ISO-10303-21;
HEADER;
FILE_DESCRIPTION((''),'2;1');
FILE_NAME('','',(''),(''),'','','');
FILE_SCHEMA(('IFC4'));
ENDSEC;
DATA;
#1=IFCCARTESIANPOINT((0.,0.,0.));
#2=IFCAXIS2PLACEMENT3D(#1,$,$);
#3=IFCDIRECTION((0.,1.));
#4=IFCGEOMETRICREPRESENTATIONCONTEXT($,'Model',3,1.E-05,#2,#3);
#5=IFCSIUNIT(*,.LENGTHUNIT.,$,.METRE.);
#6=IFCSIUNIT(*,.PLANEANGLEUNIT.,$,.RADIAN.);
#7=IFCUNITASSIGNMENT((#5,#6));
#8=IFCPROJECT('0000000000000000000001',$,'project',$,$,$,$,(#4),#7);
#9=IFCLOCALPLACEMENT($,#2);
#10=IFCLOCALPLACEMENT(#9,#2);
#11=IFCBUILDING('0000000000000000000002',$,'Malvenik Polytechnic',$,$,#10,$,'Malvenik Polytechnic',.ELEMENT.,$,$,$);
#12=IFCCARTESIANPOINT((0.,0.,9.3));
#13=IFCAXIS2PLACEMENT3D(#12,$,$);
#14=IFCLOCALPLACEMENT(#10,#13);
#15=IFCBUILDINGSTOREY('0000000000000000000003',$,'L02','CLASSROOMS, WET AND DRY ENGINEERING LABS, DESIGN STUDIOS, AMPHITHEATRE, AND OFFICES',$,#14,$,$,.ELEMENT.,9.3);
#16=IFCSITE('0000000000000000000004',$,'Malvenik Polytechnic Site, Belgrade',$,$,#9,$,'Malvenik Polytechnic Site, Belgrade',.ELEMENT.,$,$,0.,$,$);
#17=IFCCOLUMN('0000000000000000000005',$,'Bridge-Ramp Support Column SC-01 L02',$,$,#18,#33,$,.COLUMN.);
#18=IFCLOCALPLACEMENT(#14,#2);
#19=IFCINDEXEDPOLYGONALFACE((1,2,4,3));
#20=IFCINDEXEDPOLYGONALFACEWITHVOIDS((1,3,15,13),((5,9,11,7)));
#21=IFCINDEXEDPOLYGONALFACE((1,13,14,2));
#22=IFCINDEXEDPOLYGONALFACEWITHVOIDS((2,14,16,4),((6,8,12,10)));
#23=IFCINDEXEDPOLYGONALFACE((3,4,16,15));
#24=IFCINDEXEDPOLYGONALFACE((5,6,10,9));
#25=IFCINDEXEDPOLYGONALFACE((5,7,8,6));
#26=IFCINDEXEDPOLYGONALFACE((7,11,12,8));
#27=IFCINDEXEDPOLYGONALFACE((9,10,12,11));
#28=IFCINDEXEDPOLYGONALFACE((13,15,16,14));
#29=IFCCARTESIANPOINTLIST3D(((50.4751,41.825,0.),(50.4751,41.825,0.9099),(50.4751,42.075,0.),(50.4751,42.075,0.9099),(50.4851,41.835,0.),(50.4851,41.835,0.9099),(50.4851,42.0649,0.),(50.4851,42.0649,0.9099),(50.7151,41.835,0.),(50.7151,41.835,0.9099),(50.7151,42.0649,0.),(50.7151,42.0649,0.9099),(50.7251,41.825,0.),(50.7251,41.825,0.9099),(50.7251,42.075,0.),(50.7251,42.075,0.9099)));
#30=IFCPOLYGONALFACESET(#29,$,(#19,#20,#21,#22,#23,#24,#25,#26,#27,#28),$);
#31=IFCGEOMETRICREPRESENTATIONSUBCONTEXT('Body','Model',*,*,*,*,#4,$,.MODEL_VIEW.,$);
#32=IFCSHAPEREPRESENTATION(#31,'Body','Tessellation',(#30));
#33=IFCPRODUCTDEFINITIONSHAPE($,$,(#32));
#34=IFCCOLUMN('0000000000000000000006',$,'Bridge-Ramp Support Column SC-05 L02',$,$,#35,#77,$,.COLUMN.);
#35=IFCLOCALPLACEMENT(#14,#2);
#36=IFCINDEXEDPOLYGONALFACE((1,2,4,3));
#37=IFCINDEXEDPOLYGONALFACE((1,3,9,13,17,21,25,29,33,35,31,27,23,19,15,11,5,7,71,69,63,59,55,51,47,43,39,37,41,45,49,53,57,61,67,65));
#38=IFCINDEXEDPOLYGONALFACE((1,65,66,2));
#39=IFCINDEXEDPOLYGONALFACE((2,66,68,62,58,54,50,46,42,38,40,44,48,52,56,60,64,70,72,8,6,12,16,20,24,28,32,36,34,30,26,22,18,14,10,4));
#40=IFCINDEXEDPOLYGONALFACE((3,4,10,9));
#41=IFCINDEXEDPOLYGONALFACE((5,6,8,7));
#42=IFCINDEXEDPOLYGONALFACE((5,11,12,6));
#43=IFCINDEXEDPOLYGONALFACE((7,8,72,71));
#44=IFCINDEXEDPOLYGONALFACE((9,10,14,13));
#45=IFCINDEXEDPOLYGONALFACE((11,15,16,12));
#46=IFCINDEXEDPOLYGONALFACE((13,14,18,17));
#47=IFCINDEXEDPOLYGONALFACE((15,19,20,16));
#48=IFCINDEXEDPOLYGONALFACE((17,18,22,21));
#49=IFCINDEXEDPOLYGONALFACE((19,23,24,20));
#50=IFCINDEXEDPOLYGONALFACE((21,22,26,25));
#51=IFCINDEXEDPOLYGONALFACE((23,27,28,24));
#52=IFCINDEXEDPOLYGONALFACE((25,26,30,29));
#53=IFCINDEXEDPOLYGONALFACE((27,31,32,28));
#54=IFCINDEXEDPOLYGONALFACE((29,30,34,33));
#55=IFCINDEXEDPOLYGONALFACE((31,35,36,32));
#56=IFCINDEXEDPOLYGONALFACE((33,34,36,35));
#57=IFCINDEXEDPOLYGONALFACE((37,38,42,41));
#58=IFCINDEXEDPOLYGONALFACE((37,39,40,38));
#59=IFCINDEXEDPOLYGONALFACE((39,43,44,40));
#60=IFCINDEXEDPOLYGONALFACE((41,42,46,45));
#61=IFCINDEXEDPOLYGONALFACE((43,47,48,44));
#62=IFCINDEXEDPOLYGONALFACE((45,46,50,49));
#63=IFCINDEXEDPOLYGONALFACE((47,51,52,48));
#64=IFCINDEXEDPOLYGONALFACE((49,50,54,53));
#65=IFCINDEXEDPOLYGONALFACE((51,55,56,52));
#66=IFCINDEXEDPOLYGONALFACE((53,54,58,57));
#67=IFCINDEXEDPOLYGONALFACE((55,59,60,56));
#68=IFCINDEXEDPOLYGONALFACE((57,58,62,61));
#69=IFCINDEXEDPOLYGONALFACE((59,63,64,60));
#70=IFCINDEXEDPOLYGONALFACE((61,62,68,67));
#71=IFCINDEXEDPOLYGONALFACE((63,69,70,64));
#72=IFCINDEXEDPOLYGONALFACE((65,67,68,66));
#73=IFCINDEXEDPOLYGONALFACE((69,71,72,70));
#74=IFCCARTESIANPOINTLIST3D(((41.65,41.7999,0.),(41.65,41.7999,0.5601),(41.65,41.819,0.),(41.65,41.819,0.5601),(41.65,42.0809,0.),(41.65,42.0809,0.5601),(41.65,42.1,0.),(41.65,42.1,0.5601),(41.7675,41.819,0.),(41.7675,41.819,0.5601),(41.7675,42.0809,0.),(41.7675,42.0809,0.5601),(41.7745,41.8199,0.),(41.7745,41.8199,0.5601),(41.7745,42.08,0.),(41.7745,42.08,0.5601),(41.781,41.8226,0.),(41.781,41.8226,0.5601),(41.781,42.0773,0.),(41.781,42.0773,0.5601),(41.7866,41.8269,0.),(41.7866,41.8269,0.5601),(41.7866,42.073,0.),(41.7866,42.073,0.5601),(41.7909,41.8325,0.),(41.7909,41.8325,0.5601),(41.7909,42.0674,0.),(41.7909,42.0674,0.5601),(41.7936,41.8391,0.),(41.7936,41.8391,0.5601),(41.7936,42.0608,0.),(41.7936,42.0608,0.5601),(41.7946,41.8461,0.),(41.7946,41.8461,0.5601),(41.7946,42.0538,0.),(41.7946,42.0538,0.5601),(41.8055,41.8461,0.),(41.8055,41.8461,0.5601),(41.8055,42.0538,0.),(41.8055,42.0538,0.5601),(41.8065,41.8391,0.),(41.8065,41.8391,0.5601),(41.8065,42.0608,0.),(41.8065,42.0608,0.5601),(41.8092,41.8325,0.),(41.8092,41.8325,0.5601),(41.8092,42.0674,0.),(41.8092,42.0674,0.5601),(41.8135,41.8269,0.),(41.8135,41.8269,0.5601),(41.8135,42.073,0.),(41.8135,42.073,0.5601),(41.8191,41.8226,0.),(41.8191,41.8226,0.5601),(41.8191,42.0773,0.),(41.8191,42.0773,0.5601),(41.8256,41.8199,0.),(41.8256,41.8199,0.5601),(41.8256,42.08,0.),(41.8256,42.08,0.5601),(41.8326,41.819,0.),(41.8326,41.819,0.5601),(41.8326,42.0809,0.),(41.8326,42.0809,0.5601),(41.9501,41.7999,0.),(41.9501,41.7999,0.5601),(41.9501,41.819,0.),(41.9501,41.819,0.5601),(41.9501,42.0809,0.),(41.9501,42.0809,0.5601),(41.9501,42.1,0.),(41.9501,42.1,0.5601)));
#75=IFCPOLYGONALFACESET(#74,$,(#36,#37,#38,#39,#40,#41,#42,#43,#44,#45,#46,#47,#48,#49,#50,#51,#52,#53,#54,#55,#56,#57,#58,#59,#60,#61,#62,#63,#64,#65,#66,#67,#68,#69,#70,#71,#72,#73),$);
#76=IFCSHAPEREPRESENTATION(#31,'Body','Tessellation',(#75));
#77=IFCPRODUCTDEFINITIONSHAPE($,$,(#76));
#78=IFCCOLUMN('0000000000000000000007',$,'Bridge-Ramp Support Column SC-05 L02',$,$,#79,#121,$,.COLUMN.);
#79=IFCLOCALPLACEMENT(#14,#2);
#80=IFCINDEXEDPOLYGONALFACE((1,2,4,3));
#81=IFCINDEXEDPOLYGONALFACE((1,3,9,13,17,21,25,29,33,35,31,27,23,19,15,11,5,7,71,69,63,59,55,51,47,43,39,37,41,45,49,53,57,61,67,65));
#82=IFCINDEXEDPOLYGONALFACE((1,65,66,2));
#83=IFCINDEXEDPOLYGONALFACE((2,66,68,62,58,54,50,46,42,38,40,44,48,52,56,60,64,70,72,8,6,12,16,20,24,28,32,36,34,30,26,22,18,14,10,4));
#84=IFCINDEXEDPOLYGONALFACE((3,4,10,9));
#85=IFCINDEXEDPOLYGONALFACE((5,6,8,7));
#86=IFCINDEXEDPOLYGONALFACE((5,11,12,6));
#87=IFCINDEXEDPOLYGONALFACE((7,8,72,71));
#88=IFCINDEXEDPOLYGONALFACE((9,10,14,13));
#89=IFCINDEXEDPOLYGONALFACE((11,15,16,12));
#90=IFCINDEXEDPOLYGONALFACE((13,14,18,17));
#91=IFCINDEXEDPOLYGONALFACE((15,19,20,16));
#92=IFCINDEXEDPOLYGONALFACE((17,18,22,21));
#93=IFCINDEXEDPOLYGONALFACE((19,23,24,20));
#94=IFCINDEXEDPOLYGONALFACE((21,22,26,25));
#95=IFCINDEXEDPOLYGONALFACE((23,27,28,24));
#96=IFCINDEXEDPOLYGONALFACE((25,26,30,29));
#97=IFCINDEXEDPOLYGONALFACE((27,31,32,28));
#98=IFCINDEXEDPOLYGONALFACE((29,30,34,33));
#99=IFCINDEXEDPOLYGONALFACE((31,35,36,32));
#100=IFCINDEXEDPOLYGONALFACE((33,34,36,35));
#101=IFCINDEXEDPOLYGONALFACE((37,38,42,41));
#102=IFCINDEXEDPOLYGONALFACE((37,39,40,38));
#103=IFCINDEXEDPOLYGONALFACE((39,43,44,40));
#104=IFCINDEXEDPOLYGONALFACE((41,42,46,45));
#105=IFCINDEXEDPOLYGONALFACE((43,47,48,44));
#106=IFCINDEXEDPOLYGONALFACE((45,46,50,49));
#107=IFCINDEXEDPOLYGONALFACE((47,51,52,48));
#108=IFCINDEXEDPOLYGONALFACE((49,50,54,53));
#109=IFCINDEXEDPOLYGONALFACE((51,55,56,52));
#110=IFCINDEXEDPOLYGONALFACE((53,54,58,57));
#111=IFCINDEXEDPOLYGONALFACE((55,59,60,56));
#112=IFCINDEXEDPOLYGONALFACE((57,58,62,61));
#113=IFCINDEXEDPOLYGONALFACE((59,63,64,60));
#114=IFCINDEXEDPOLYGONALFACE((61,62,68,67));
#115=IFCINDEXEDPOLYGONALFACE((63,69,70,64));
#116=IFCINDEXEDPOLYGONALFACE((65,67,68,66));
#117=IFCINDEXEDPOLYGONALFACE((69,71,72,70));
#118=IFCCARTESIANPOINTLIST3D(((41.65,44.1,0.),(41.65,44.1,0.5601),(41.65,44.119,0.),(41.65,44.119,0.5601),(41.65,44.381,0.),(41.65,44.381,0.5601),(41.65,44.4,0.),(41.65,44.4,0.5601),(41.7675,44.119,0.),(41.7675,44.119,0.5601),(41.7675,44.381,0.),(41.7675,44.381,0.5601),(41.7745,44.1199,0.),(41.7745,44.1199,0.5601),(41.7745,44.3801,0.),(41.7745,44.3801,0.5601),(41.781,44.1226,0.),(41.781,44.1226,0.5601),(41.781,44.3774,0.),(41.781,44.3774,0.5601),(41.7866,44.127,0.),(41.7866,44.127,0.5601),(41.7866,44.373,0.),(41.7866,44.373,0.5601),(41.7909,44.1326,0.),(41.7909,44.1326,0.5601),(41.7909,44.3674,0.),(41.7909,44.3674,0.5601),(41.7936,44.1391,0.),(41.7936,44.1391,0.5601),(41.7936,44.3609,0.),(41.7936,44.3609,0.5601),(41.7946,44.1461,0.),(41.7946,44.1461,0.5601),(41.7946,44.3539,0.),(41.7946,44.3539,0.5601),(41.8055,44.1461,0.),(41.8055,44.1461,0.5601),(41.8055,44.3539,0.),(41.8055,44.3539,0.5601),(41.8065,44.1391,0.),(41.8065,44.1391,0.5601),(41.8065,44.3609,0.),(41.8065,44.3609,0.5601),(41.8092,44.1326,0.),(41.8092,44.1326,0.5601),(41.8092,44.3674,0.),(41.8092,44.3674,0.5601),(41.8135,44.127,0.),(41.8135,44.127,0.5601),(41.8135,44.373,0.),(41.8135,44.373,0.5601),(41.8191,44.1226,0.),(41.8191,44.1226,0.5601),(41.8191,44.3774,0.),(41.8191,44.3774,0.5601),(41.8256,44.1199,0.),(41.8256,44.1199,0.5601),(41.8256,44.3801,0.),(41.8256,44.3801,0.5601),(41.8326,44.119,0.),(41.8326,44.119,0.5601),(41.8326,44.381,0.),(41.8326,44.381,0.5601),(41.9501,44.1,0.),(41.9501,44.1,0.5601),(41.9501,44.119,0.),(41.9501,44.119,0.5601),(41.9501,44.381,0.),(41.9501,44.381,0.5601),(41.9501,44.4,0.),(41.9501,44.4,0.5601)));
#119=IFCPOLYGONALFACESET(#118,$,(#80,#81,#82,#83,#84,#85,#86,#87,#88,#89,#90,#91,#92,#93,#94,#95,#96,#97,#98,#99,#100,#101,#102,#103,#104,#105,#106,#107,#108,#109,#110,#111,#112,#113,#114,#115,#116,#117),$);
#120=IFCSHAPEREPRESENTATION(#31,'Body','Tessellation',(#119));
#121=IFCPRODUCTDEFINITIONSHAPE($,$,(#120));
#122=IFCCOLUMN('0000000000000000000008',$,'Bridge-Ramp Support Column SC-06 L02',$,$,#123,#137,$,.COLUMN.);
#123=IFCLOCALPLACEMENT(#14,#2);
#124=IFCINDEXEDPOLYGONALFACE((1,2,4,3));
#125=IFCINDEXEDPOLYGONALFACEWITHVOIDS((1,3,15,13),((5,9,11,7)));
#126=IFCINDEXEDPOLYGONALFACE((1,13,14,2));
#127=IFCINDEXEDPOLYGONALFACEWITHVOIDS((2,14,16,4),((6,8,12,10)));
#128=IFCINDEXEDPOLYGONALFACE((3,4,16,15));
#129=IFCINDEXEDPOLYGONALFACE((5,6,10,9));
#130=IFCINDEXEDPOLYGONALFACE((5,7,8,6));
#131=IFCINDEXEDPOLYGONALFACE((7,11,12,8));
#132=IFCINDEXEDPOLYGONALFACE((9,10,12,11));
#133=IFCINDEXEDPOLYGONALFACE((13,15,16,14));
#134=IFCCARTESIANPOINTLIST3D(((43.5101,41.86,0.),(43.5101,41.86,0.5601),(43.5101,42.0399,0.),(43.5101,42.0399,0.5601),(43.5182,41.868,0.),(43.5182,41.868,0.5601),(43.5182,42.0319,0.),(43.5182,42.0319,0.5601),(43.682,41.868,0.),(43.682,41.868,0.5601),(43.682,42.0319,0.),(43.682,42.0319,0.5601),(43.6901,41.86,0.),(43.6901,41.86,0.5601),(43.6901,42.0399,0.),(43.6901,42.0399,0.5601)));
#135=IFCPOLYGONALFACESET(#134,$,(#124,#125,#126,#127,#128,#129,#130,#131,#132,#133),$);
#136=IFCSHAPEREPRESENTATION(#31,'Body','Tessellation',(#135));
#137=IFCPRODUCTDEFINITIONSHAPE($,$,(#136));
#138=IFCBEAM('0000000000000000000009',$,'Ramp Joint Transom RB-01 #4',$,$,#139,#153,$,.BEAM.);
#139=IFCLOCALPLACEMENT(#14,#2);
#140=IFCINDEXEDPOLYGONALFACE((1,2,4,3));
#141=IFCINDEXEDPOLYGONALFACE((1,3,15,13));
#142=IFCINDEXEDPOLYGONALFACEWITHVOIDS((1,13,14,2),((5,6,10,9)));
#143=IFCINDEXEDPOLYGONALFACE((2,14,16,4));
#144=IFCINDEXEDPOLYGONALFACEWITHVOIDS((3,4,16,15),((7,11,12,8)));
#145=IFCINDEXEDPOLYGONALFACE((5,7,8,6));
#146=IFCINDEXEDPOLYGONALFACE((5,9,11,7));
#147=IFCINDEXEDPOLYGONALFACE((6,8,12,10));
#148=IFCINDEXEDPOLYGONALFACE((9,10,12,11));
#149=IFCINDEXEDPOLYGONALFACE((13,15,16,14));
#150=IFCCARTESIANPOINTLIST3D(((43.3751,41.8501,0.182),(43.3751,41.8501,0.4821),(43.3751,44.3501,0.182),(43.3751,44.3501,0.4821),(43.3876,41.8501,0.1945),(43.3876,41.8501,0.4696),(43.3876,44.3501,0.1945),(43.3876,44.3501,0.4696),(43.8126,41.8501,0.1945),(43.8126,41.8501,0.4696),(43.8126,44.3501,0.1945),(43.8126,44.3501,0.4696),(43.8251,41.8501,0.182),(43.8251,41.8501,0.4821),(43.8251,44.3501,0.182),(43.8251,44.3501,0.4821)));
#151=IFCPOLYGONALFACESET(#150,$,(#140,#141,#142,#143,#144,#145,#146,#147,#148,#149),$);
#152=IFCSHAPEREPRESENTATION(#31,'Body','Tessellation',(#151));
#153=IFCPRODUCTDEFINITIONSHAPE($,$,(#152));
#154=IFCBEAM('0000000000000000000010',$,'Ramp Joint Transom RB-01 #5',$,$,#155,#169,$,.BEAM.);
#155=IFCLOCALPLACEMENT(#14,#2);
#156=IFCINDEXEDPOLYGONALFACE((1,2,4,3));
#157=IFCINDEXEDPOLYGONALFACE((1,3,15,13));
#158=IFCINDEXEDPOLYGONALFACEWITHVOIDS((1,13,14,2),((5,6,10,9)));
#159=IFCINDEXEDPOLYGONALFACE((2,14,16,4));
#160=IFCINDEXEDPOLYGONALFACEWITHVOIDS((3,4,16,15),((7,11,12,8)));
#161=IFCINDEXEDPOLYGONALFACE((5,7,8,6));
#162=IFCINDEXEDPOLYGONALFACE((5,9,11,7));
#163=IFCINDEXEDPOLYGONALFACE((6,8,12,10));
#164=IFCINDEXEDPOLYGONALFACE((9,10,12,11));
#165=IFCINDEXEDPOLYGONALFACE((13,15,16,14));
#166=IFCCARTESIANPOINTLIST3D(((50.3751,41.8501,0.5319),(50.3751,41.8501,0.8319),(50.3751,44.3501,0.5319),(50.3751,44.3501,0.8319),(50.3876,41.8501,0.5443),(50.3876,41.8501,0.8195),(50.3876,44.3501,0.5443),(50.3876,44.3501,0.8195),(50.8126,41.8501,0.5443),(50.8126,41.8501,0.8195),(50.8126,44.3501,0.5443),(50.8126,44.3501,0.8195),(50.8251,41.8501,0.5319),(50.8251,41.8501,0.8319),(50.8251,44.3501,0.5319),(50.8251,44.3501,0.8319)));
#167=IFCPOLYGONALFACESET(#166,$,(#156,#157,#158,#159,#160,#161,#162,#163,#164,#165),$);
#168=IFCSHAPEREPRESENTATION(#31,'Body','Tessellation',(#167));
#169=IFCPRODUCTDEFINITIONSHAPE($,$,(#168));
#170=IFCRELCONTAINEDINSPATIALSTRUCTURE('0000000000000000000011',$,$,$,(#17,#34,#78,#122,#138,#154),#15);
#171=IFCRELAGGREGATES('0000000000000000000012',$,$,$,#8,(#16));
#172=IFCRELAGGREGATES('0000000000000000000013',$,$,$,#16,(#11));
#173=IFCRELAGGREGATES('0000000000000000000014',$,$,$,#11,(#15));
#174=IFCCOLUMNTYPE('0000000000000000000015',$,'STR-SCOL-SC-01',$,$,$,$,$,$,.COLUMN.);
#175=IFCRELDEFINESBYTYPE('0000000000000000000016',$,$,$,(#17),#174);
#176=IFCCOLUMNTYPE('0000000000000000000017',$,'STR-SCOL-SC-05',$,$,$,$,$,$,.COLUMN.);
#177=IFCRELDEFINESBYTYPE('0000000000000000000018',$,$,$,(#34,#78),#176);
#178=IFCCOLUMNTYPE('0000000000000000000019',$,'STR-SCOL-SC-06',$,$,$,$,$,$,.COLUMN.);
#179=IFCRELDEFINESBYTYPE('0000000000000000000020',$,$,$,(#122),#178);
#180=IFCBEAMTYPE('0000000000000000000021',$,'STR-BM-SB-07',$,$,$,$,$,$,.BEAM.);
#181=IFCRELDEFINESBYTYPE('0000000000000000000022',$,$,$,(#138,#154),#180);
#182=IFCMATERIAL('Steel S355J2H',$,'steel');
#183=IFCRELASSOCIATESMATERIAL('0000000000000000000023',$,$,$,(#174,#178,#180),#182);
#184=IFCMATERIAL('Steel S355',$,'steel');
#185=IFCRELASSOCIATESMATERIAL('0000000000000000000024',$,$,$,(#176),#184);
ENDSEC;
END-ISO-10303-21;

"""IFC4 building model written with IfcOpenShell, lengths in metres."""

from ifc_helpers import new_model, si_unit, direction, frame, origin, origin_2d, place, context, subcontext, project, spatial, hollow_rectangle, i_section, extrude, material, material_profile, profile_set, type_object, element, save


model = new_model("IFC4")

# Units and contexts
model_context = context("Model", 3, precision=1e-05, world=origin(), true_north=direction((0.0, 1.0)))
body_context = subcontext(model_context, "Body", "Model", "MODEL_VIEW")
ifc_project = project(units=[si_unit("LENGTHUNIT", "METRE"), si_unit("PLANEANGLEUNIT", "RADIAN")], contexts=[model_context])

# Site, building, storey
site_placement = place(None, origin())
site = spatial("IfcSite", under=ifc_project, at=site_placement, Name="Malvenik Polytechnic Site, Belgrade", LongName="Malvenik Polytechnic Site, Belgrade", CompositionType="ELEMENT", RefElevation=0.0)
building_placement = place(site_placement, origin())
building = spatial("IfcBuilding", under=site, at=building_placement, Name="Malvenik Polytechnic", LongName="Malvenik Polytechnic", CompositionType="ELEMENT")
storey_placement = place(building_placement, frame((0.0, 0.0, 9.3)))
storey = spatial("IfcBuildingStorey", under=building, at=storey_placement, Name="L02", Description="CLASSROOMS, WET AND DRY ENGINEERING LABS, DESIGN STUDIOS, AMPHITHEATRE, AND OFFICES", CompositionType="ELEMENT", Elevation=9.3)

# Columns
ifc_material_1 = material(Name="Steel S355J2H", Category="steel")
ifc_material_profile_1 = material_profile(ifc_material_1, hollow_rectangle(XDim=0.25, YDim=0.25, WallThickness=0.01, at=origin_2d()), Name="SHS 250x250x10.0")
ifc_profile_set_1 = profile_set([ifc_material_profile_1], Name="Steel S355J2H")
column_type_1 = type_object("IfcColumnType", Name="STR-SCOL-SC-01", PredefinedType="COLUMN", material=ifc_profile_set_1)
column_1_placement = place(storey_placement, frame((50.6001, 41.95, 0.0), z_axis=(0.0, 0.0, 1.0), x_axis=(1.0, 0.0, 0.0)))
element("IfcColumn", 1, at=column_1_placement, inside=storey, type_object=column_type_1, Name="Bridge-Ramp Support Column SC-01 L02", PredefinedType="COLUMN", context=body_context, shape_type="SweptSolid", body=[
    extrude(hollow_rectangle(XDim=0.25, YDim=0.25, WallThickness=0.01, at=origin_2d()), origin(), (0.0, 0.0, 1.0), 0.9099),
])
ifc_material_2 = material(Name="Steel S355", Category="steel")
ifc_material_profile_2 = material_profile(ifc_material_2, i_section(OverallWidth=0.3, OverallDepth=0.3, WebThickness=0.011, FlangeThickness=0.019, FilletRadius=0.0271, at=origin_2d()), Name="HEB 300")
ifc_profile_set_2 = profile_set([ifc_material_profile_2], Name="Steel S355")
column_type_2 = type_object("IfcColumnType", Name="STR-SCOL-SC-05", PredefinedType="COLUMN", material=ifc_profile_set_2)
for number, where, z_axis, x_axis, name in (
    (2, (41.8, 41.95, 0.0), (0.0, 0.0, 1.0), (1.0, 0.0, 0.0), "Bridge-Ramp Support Column SC-05 L02"),
    (3, (41.8, 44.25, 0.0), (0.0, 0.0, 1.0), (1.0, 0.0, 0.0), "Bridge-Ramp Support Column SC-05 L02"),
):
    element("IfcColumn", number, at=place(storey_placement, frame(where, z_axis=z_axis, x_axis=x_axis)), inside=storey, type_object=column_type_2, Name=name, PredefinedType="COLUMN", context=body_context, shape_type="SweptSolid", body=[
        extrude(i_section(OverallWidth=0.3, OverallDepth=0.3, WebThickness=0.011, FlangeThickness=0.019, FilletRadius=0.0271, at=origin_2d()), origin(), (0.0, 0.0, 1.0), 0.5601),
    ])
ifc_material_profile_3 = material_profile(ifc_material_1, hollow_rectangle(XDim=0.1799, YDim=0.1799, WallThickness=0.0081, at=origin_2d()), Name="SHS 180x180x8.0")
ifc_profile_set_3 = profile_set([ifc_material_profile_3], Name="Steel S355J2H")
column_type_3 = type_object("IfcColumnType", Name="STR-SCOL-SC-06", PredefinedType="COLUMN", material=ifc_profile_set_3)
column_2_placement = place(storey_placement, frame((43.6001, 41.95, 0.0), z_axis=(0.0, 0.0, 1.0), x_axis=(1.0, 0.0, 0.0)))
element("IfcColumn", 4, at=column_2_placement, inside=storey, type_object=column_type_3, Name="Bridge-Ramp Support Column SC-06 L02", PredefinedType="COLUMN", context=body_context, shape_type="SweptSolid", body=[
    extrude(hollow_rectangle(XDim=0.1799, YDim=0.1799, WallThickness=0.0081, at=origin_2d()), origin(), (0.0, 0.0, 1.0), 0.5601),
])

# Beams
ifc_material_profile_4 = material_profile(ifc_material_1, hollow_rectangle(XDim=0.45, YDim=0.3, WallThickness=0.0125, at=origin_2d()), Name="RHS 450x300x12.5")
ifc_profile_set_4 = profile_set([ifc_material_profile_4], Name="Steel S355J2H")
beam_type_1 = type_object("IfcBeamType", Name="STR-BM-SB-07", PredefinedType="BEAM", material=ifc_profile_set_4)
for number, where, z_axis, x_axis, name in (
    (5, (43.6001, 41.8501, 0.332), (0.0, 1.0, 0.0), (-1.0, 0.0, 0.0), "Ramp Joint Transom RB-01 #4"),
    (6, (50.6001, 41.8501, 0.6819), (0.0, 1.0, 0.0), (-1.0, 0.0, 0.0), "Ramp Joint Transom RB-01 #5"),
):
    element("IfcBeam", number, at=place(storey_placement, frame(where, z_axis=z_axis, x_axis=x_axis)), inside=storey, type_object=beam_type_1, Name=name, PredefinedType="BEAM", context=body_context, shape_type="SweptSolid", body=[
        extrude(hollow_rectangle(XDim=0.45, YDim=0.3, WallThickness=0.0125, at=origin_2d()), origin(), (0.0, 0.0, 1.0), 2.5),
    ])

save(model, "model.ifc")
